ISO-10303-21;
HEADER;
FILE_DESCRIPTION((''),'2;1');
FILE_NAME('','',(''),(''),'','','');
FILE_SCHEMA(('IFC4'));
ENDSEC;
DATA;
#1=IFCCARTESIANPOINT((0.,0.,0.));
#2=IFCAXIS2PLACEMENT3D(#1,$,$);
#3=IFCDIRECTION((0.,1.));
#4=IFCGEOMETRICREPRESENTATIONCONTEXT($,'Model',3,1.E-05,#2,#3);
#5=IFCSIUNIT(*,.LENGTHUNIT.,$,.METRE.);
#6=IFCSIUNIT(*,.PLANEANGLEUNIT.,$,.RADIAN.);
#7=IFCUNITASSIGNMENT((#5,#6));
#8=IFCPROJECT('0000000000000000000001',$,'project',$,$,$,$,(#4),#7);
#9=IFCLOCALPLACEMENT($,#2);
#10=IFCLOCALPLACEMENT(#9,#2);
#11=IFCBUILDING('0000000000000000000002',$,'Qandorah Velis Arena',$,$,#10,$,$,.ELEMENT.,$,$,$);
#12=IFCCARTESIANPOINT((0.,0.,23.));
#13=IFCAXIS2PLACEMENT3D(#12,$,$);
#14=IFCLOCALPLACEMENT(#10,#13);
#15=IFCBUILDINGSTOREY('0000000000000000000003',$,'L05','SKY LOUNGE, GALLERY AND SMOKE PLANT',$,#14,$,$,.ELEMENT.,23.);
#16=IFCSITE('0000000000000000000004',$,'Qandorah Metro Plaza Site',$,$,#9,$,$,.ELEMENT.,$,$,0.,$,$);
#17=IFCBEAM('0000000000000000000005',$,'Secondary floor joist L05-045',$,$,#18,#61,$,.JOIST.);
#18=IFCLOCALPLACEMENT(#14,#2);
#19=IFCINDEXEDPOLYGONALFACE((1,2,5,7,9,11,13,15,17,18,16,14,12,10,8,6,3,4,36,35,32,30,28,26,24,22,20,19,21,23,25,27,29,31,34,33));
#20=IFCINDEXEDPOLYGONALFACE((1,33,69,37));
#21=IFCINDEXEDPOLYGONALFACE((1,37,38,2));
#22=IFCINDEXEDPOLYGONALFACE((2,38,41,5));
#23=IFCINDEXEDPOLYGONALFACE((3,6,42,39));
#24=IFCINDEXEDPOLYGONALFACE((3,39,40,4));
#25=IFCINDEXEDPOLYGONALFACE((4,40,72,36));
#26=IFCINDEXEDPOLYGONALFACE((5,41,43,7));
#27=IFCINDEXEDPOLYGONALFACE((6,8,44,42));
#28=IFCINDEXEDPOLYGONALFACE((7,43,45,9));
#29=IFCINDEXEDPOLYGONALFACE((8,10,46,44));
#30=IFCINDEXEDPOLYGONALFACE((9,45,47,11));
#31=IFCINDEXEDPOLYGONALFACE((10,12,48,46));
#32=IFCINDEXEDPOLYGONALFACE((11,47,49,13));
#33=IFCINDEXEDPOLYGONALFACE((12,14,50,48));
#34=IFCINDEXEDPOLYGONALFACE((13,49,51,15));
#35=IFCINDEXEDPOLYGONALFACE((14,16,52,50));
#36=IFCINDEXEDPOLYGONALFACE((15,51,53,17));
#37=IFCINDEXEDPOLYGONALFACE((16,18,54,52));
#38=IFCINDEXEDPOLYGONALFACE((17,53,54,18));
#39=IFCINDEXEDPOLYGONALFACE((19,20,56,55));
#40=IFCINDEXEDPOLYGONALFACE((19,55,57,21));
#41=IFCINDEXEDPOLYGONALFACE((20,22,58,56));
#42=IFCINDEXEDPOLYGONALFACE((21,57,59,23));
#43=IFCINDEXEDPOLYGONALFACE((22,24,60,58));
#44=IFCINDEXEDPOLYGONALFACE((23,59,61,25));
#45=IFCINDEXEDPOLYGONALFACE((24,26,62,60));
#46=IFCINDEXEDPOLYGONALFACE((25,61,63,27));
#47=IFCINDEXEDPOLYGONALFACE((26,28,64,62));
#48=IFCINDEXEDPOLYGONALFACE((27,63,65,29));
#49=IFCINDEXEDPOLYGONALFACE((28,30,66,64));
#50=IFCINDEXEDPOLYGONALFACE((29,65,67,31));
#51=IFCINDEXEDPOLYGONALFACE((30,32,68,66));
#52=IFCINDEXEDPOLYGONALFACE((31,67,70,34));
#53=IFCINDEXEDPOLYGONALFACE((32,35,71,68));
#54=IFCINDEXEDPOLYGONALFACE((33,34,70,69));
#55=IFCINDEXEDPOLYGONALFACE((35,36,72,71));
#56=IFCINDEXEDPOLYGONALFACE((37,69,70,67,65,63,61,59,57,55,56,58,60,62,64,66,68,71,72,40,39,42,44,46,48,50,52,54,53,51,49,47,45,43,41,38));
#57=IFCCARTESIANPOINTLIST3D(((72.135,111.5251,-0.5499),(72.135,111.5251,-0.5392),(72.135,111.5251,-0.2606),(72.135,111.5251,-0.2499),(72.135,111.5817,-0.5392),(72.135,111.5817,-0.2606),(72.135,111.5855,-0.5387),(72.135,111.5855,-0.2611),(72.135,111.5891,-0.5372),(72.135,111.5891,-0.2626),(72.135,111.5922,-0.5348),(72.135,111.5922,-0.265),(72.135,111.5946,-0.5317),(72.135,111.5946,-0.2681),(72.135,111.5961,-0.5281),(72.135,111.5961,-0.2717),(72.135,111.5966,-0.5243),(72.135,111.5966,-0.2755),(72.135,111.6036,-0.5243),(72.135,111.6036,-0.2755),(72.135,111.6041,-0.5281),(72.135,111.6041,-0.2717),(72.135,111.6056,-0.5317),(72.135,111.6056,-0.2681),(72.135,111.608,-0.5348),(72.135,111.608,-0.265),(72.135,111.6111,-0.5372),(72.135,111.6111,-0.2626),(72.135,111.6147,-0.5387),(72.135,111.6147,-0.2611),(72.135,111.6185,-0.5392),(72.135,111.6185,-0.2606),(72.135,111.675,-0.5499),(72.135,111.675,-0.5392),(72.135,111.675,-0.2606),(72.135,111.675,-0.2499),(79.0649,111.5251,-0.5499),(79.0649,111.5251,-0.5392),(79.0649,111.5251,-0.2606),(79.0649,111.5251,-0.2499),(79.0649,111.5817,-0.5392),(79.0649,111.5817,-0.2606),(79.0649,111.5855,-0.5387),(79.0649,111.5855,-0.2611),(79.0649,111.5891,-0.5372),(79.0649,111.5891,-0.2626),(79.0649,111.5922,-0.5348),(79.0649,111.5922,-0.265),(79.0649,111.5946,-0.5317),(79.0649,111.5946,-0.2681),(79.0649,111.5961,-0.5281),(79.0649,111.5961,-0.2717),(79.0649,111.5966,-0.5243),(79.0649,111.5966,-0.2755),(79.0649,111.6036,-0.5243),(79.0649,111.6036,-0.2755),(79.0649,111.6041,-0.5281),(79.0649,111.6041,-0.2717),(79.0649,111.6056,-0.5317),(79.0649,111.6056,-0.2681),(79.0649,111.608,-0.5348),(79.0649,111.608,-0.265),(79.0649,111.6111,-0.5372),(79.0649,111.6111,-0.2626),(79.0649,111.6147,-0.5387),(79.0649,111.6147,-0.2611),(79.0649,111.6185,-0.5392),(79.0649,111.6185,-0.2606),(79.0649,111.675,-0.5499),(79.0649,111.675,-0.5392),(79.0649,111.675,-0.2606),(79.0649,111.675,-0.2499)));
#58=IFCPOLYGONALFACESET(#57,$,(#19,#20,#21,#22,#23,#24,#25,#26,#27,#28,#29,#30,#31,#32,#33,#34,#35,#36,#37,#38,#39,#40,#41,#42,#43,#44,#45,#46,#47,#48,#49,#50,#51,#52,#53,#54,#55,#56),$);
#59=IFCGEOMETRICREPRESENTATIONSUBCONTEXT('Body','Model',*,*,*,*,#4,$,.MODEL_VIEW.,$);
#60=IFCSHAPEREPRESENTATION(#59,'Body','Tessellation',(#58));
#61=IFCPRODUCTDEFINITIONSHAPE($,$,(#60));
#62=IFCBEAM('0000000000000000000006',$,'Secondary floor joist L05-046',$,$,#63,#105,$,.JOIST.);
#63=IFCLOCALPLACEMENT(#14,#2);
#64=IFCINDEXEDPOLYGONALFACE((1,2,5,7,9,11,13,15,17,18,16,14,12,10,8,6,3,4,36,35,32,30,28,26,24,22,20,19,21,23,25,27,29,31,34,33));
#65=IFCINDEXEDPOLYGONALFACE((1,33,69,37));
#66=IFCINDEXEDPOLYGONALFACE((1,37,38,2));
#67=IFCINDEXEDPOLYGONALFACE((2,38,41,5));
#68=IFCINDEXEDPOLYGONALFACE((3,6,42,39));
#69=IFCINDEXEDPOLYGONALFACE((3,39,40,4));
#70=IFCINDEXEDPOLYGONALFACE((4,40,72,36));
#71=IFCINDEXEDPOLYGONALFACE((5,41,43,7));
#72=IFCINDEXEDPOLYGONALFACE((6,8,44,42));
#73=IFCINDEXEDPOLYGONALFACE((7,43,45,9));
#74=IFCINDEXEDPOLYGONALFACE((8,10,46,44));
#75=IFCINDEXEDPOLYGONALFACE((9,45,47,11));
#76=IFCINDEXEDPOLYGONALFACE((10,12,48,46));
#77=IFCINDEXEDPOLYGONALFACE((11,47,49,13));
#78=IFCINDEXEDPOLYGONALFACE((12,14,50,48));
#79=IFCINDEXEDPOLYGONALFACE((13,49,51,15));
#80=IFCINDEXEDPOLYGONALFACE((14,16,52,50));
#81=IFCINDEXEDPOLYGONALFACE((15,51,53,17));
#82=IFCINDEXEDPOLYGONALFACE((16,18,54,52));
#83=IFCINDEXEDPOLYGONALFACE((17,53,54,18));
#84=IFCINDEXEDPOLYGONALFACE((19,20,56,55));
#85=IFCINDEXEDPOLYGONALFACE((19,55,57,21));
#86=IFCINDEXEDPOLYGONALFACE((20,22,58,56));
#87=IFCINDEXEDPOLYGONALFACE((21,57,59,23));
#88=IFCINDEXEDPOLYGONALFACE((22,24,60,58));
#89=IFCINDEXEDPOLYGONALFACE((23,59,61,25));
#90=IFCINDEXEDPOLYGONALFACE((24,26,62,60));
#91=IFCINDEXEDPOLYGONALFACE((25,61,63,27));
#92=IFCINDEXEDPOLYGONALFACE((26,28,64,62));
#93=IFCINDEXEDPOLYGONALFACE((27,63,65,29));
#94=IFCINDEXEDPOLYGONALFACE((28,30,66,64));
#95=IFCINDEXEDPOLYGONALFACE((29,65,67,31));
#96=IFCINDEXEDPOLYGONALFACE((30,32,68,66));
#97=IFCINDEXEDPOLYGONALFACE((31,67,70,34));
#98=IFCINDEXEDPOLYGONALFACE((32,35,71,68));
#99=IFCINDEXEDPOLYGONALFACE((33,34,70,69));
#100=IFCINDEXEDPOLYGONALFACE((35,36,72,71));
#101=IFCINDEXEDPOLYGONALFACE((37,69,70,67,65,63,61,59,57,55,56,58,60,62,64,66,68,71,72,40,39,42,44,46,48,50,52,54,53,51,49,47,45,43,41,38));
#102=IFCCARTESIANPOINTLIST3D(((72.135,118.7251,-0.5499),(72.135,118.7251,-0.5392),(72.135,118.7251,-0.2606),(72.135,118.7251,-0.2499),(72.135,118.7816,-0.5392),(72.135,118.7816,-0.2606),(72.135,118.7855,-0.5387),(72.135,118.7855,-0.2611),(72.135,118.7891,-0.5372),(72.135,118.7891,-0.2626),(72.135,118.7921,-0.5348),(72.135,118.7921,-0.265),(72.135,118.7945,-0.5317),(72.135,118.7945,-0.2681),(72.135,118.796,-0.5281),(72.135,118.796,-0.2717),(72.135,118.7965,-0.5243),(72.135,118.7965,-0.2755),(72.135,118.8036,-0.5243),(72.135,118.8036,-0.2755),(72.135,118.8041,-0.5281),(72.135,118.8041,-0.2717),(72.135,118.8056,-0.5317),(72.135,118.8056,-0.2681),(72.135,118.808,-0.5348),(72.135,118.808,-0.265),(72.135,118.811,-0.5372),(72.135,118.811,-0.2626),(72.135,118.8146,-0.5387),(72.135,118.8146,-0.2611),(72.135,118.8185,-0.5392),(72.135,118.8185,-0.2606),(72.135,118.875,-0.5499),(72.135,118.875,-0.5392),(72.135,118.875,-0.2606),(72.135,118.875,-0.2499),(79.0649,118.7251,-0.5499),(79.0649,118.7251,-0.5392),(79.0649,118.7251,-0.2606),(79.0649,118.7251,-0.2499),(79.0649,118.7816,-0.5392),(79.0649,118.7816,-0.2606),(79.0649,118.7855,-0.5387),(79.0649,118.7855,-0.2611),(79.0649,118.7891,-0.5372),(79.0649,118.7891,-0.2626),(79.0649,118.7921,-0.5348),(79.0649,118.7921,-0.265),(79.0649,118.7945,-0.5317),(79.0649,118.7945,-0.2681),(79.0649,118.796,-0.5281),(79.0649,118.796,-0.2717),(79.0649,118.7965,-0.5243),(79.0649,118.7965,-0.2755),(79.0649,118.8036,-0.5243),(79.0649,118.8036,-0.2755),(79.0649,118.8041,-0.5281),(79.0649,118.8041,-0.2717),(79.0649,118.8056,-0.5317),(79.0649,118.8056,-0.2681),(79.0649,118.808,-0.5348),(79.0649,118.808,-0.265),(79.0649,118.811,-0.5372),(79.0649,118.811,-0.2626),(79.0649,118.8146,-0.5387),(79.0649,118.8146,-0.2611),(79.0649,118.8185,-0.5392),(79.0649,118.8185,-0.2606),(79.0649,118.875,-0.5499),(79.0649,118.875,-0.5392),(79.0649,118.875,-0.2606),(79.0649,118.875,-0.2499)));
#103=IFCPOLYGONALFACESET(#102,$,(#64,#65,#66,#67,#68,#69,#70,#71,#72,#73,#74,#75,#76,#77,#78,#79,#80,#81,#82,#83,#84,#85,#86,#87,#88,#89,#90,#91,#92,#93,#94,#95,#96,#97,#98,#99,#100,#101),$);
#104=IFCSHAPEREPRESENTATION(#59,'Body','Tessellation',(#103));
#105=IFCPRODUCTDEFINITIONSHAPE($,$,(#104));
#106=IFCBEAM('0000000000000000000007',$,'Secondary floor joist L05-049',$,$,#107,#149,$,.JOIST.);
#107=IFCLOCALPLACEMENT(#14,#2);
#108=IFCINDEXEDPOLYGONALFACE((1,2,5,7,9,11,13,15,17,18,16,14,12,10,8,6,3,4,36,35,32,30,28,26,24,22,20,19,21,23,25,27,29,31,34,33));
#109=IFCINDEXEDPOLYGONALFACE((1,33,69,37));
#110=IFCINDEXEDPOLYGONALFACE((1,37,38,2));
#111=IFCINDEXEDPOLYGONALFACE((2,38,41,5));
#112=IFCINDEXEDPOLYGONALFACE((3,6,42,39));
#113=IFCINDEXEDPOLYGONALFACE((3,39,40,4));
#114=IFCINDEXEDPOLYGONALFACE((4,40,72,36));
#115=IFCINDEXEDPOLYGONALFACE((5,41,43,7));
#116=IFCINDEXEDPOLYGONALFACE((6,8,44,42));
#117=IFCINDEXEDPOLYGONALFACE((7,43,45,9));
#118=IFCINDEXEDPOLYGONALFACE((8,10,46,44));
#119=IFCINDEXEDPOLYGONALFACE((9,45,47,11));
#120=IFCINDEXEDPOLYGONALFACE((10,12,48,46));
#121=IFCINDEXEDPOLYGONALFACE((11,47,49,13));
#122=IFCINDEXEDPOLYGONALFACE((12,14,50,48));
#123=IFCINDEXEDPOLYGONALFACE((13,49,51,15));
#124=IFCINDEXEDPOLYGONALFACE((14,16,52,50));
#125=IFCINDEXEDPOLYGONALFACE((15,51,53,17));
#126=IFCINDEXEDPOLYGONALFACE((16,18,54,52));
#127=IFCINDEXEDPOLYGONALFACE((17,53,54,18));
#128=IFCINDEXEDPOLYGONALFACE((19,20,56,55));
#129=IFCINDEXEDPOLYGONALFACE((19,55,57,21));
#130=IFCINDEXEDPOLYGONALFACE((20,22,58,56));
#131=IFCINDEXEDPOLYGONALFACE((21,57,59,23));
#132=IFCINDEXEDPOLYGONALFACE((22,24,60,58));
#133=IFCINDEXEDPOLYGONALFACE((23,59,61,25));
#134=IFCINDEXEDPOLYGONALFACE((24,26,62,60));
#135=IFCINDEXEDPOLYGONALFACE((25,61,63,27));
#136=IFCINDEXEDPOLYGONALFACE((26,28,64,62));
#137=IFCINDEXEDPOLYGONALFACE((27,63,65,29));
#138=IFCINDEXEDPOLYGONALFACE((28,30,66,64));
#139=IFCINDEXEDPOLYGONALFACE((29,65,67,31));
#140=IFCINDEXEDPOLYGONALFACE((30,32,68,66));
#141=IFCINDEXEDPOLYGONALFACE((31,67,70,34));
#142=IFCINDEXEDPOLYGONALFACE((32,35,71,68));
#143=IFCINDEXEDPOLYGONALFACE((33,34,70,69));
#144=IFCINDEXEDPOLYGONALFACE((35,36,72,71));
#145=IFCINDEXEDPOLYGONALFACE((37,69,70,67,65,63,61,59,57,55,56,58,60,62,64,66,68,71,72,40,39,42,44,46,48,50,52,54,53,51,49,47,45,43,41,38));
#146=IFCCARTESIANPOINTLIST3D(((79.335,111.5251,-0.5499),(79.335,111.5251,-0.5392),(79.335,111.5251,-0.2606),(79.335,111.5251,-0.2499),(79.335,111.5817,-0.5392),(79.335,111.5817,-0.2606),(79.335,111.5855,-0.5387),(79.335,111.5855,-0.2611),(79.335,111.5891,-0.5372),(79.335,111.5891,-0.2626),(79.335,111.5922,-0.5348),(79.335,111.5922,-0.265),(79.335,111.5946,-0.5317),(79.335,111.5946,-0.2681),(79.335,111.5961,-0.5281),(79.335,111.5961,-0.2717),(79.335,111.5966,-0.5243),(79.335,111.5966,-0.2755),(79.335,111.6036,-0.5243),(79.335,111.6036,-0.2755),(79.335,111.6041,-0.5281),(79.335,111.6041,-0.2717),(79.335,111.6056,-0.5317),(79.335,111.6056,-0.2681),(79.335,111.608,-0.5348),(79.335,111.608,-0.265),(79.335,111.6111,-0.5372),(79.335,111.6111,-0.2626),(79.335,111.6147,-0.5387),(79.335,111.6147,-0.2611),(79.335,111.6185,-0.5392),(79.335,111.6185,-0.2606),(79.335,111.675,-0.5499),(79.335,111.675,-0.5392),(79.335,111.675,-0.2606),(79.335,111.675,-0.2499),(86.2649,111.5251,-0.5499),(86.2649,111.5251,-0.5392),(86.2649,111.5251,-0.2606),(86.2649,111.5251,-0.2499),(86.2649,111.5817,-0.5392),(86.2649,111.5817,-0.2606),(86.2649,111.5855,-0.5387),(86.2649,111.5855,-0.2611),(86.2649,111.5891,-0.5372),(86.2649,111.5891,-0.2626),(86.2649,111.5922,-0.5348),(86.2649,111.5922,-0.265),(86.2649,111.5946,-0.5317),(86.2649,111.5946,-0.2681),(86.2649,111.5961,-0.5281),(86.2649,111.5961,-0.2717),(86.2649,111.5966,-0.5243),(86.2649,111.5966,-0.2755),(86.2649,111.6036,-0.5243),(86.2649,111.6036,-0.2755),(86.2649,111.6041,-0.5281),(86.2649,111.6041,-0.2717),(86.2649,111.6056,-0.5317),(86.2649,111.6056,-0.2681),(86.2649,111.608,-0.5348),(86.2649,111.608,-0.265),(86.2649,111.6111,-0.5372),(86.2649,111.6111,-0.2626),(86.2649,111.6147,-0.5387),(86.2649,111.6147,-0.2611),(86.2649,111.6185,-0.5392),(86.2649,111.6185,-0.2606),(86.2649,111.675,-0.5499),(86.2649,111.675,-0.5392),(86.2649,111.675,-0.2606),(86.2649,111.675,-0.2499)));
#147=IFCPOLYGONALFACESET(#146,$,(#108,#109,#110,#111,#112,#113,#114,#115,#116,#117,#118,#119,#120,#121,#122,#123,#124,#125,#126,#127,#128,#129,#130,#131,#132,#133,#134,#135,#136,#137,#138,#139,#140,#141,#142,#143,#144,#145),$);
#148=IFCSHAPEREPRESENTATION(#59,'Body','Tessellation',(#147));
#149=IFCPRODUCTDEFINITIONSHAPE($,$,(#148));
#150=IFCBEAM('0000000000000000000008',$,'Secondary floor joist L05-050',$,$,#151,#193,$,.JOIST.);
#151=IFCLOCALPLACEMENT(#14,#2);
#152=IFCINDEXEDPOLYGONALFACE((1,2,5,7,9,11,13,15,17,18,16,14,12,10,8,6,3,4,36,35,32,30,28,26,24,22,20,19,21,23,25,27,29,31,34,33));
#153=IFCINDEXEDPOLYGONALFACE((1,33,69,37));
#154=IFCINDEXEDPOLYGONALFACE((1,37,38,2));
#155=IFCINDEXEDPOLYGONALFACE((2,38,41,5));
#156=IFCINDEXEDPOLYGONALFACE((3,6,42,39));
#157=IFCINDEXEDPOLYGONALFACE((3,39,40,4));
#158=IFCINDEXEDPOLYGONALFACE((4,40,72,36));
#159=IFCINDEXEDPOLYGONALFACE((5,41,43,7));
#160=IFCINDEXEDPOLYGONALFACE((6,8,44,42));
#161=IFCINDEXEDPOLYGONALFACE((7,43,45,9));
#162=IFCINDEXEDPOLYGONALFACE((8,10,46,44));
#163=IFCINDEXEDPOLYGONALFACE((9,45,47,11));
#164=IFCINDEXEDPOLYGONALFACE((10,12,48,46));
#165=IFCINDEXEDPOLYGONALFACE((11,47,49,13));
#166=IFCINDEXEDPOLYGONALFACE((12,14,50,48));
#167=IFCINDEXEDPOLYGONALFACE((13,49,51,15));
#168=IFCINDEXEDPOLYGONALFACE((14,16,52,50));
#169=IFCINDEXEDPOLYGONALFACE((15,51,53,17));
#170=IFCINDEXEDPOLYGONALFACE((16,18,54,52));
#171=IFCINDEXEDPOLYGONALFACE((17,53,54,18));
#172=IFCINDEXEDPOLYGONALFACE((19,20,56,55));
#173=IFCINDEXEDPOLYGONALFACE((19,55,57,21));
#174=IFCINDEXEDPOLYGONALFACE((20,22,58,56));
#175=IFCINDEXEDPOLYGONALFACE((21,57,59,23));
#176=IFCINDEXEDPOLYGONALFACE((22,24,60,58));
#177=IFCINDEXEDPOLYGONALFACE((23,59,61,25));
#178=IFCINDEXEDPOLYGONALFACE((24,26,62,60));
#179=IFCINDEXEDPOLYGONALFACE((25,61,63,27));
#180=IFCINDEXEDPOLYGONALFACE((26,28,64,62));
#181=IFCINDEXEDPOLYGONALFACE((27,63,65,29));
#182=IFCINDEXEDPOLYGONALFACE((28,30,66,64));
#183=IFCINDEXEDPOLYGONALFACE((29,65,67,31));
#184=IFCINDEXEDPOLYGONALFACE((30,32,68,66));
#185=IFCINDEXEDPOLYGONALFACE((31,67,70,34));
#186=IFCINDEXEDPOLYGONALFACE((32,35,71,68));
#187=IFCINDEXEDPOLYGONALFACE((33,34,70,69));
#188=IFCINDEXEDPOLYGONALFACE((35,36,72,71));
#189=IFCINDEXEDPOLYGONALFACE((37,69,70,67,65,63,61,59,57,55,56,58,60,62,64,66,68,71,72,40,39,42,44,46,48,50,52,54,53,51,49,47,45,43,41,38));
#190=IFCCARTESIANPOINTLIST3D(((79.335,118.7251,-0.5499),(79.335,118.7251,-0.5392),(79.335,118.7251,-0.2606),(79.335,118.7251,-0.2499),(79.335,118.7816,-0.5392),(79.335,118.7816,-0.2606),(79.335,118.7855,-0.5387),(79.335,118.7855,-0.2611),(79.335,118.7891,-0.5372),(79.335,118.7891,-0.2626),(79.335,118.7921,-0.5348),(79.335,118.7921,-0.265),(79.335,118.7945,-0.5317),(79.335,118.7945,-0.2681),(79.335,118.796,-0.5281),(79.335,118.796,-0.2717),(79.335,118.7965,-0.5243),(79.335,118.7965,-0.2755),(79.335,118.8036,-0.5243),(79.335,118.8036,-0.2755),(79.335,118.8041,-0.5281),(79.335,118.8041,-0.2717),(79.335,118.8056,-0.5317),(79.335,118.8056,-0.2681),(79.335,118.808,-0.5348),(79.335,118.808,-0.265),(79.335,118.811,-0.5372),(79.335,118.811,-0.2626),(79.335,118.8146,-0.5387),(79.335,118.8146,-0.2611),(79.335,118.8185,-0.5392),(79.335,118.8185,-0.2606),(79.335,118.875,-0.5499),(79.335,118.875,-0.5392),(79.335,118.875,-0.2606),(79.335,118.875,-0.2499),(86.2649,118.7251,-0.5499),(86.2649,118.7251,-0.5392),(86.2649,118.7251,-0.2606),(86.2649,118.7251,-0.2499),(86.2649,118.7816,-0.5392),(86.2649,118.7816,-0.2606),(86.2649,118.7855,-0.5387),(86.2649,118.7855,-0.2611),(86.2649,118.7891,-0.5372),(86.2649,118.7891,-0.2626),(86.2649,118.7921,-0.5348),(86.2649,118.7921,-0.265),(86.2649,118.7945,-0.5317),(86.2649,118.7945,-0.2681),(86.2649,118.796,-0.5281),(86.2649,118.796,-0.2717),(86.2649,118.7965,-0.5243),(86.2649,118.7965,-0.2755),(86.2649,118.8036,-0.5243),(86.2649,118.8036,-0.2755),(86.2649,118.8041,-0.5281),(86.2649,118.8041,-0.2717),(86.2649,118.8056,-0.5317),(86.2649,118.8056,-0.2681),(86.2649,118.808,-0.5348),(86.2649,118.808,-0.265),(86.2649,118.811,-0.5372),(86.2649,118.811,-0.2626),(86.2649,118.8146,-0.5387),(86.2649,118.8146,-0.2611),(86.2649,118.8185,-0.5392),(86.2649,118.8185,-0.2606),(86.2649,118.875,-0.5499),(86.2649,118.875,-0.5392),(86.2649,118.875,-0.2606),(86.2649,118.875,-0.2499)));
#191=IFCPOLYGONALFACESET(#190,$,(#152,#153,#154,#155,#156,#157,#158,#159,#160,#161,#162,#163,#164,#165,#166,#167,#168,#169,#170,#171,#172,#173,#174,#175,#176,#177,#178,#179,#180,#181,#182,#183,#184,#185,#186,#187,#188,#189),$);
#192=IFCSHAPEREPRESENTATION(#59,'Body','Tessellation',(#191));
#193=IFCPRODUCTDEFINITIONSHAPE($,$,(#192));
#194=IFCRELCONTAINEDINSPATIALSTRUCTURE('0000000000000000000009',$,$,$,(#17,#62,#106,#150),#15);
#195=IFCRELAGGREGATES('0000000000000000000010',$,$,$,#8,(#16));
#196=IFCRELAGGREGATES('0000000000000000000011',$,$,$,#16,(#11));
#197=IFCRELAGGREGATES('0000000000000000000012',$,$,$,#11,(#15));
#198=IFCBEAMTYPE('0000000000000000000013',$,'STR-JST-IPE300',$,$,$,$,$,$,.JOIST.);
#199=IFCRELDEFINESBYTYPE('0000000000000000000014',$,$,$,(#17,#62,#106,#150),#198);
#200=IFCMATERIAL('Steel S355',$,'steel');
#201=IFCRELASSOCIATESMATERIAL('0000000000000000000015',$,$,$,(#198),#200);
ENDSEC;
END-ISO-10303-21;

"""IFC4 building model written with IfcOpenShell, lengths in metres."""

from ifc_helpers import new_model, si_unit, direction, frame, origin, origin_2d, place, context, subcontext, project, spatial, i_section, extrude, material, material_profile, profile_set, type_object, element, save


model = new_model("IFC4")

# Units and contexts
model_context = context("Model", 3, precision=1e-05, world=origin(), true_north=direction((0.0, 1.0)))
body_context = subcontext(model_context, "Body", "Model", "MODEL_VIEW")
ifc_project = project(units=[si_unit("LENGTHUNIT", "METRE"), si_unit("PLANEANGLEUNIT", "RADIAN")], contexts=[model_context])

# Site, building, storey
site_placement = place(None, origin())
site = spatial("IfcSite", under=ifc_project, at=site_placement, Name="Qandorah Metro Plaza Site", CompositionType="ELEMENT", RefElevation=0.0)
building_placement = place(site_placement, origin())
building = spatial("IfcBuilding", under=site, at=building_placement, Name="Qandorah Velis Arena", CompositionType="ELEMENT")
storey_placement = place(building_placement, frame((0.0, 0.0, 23.0)))
storey = spatial("IfcBuildingStorey", under=building, at=storey_placement, Name="L05", Description="SKY LOUNGE, GALLERY AND SMOKE PLANT", CompositionType="ELEMENT", Elevation=23.0)

# Beams
ifc_material_1 = material(Name="Steel S355", Category="steel")
ifc_material_profile_1 = material_profile(ifc_material_1, i_section(OverallWidth=0.1499, OverallDepth=0.3, WebThickness=0.0071, FlangeThickness=0.0107, FilletRadius=0.0149, at=origin_2d()), Name="IPE 300")
ifc_profile_set_1 = profile_set([ifc_material_profile_1], Name="Steel S355")
beam_type_1 = type_object("IfcBeamType", Name="STR-JST-IPE300", PredefinedType="JOIST", material=ifc_profile_set_1)
for number, where, z_axis, x_axis, name in (
    (1, (72.135, 111.6001, -0.3999), (1.0, 0.0, 0.0), (0.0, 1.0, 0.0), "Secondary floor joist L05-045"),
    (2, (72.135, 118.8, -0.3999), (1.0, 0.0, 0.0), (0.0, 1.0, 0.0), "Secondary floor joist L05-046"),
    (3, (79.335, 111.6001, -0.3999), (1.0, 0.0, 0.0), (0.0, 1.0, 0.0), "Secondary floor joist L05-049"),
    (4, (79.335, 118.8, -0.3999), (1.0, 0.0, 0.0), (0.0, 1.0, 0.0), "Secondary floor joist L05-050"),
):
    element("IfcBeam", number, at=place(storey_placement, frame(where, z_axis=z_axis, x_axis=x_axis)), inside=storey, type_object=beam_type_1, Name=name, PredefinedType="JOIST", context=body_context, shape_type="SweptSolid", body=[
        extrude(i_section(OverallWidth=0.1499, OverallDepth=0.3, WebThickness=0.0071, FlangeThickness=0.0107, FilletRadius=0.0149, at=origin_2d()), origin(), (0.0, 0.0, 1.0), 6.9299),
    ])

save(model, "model.ifc")
